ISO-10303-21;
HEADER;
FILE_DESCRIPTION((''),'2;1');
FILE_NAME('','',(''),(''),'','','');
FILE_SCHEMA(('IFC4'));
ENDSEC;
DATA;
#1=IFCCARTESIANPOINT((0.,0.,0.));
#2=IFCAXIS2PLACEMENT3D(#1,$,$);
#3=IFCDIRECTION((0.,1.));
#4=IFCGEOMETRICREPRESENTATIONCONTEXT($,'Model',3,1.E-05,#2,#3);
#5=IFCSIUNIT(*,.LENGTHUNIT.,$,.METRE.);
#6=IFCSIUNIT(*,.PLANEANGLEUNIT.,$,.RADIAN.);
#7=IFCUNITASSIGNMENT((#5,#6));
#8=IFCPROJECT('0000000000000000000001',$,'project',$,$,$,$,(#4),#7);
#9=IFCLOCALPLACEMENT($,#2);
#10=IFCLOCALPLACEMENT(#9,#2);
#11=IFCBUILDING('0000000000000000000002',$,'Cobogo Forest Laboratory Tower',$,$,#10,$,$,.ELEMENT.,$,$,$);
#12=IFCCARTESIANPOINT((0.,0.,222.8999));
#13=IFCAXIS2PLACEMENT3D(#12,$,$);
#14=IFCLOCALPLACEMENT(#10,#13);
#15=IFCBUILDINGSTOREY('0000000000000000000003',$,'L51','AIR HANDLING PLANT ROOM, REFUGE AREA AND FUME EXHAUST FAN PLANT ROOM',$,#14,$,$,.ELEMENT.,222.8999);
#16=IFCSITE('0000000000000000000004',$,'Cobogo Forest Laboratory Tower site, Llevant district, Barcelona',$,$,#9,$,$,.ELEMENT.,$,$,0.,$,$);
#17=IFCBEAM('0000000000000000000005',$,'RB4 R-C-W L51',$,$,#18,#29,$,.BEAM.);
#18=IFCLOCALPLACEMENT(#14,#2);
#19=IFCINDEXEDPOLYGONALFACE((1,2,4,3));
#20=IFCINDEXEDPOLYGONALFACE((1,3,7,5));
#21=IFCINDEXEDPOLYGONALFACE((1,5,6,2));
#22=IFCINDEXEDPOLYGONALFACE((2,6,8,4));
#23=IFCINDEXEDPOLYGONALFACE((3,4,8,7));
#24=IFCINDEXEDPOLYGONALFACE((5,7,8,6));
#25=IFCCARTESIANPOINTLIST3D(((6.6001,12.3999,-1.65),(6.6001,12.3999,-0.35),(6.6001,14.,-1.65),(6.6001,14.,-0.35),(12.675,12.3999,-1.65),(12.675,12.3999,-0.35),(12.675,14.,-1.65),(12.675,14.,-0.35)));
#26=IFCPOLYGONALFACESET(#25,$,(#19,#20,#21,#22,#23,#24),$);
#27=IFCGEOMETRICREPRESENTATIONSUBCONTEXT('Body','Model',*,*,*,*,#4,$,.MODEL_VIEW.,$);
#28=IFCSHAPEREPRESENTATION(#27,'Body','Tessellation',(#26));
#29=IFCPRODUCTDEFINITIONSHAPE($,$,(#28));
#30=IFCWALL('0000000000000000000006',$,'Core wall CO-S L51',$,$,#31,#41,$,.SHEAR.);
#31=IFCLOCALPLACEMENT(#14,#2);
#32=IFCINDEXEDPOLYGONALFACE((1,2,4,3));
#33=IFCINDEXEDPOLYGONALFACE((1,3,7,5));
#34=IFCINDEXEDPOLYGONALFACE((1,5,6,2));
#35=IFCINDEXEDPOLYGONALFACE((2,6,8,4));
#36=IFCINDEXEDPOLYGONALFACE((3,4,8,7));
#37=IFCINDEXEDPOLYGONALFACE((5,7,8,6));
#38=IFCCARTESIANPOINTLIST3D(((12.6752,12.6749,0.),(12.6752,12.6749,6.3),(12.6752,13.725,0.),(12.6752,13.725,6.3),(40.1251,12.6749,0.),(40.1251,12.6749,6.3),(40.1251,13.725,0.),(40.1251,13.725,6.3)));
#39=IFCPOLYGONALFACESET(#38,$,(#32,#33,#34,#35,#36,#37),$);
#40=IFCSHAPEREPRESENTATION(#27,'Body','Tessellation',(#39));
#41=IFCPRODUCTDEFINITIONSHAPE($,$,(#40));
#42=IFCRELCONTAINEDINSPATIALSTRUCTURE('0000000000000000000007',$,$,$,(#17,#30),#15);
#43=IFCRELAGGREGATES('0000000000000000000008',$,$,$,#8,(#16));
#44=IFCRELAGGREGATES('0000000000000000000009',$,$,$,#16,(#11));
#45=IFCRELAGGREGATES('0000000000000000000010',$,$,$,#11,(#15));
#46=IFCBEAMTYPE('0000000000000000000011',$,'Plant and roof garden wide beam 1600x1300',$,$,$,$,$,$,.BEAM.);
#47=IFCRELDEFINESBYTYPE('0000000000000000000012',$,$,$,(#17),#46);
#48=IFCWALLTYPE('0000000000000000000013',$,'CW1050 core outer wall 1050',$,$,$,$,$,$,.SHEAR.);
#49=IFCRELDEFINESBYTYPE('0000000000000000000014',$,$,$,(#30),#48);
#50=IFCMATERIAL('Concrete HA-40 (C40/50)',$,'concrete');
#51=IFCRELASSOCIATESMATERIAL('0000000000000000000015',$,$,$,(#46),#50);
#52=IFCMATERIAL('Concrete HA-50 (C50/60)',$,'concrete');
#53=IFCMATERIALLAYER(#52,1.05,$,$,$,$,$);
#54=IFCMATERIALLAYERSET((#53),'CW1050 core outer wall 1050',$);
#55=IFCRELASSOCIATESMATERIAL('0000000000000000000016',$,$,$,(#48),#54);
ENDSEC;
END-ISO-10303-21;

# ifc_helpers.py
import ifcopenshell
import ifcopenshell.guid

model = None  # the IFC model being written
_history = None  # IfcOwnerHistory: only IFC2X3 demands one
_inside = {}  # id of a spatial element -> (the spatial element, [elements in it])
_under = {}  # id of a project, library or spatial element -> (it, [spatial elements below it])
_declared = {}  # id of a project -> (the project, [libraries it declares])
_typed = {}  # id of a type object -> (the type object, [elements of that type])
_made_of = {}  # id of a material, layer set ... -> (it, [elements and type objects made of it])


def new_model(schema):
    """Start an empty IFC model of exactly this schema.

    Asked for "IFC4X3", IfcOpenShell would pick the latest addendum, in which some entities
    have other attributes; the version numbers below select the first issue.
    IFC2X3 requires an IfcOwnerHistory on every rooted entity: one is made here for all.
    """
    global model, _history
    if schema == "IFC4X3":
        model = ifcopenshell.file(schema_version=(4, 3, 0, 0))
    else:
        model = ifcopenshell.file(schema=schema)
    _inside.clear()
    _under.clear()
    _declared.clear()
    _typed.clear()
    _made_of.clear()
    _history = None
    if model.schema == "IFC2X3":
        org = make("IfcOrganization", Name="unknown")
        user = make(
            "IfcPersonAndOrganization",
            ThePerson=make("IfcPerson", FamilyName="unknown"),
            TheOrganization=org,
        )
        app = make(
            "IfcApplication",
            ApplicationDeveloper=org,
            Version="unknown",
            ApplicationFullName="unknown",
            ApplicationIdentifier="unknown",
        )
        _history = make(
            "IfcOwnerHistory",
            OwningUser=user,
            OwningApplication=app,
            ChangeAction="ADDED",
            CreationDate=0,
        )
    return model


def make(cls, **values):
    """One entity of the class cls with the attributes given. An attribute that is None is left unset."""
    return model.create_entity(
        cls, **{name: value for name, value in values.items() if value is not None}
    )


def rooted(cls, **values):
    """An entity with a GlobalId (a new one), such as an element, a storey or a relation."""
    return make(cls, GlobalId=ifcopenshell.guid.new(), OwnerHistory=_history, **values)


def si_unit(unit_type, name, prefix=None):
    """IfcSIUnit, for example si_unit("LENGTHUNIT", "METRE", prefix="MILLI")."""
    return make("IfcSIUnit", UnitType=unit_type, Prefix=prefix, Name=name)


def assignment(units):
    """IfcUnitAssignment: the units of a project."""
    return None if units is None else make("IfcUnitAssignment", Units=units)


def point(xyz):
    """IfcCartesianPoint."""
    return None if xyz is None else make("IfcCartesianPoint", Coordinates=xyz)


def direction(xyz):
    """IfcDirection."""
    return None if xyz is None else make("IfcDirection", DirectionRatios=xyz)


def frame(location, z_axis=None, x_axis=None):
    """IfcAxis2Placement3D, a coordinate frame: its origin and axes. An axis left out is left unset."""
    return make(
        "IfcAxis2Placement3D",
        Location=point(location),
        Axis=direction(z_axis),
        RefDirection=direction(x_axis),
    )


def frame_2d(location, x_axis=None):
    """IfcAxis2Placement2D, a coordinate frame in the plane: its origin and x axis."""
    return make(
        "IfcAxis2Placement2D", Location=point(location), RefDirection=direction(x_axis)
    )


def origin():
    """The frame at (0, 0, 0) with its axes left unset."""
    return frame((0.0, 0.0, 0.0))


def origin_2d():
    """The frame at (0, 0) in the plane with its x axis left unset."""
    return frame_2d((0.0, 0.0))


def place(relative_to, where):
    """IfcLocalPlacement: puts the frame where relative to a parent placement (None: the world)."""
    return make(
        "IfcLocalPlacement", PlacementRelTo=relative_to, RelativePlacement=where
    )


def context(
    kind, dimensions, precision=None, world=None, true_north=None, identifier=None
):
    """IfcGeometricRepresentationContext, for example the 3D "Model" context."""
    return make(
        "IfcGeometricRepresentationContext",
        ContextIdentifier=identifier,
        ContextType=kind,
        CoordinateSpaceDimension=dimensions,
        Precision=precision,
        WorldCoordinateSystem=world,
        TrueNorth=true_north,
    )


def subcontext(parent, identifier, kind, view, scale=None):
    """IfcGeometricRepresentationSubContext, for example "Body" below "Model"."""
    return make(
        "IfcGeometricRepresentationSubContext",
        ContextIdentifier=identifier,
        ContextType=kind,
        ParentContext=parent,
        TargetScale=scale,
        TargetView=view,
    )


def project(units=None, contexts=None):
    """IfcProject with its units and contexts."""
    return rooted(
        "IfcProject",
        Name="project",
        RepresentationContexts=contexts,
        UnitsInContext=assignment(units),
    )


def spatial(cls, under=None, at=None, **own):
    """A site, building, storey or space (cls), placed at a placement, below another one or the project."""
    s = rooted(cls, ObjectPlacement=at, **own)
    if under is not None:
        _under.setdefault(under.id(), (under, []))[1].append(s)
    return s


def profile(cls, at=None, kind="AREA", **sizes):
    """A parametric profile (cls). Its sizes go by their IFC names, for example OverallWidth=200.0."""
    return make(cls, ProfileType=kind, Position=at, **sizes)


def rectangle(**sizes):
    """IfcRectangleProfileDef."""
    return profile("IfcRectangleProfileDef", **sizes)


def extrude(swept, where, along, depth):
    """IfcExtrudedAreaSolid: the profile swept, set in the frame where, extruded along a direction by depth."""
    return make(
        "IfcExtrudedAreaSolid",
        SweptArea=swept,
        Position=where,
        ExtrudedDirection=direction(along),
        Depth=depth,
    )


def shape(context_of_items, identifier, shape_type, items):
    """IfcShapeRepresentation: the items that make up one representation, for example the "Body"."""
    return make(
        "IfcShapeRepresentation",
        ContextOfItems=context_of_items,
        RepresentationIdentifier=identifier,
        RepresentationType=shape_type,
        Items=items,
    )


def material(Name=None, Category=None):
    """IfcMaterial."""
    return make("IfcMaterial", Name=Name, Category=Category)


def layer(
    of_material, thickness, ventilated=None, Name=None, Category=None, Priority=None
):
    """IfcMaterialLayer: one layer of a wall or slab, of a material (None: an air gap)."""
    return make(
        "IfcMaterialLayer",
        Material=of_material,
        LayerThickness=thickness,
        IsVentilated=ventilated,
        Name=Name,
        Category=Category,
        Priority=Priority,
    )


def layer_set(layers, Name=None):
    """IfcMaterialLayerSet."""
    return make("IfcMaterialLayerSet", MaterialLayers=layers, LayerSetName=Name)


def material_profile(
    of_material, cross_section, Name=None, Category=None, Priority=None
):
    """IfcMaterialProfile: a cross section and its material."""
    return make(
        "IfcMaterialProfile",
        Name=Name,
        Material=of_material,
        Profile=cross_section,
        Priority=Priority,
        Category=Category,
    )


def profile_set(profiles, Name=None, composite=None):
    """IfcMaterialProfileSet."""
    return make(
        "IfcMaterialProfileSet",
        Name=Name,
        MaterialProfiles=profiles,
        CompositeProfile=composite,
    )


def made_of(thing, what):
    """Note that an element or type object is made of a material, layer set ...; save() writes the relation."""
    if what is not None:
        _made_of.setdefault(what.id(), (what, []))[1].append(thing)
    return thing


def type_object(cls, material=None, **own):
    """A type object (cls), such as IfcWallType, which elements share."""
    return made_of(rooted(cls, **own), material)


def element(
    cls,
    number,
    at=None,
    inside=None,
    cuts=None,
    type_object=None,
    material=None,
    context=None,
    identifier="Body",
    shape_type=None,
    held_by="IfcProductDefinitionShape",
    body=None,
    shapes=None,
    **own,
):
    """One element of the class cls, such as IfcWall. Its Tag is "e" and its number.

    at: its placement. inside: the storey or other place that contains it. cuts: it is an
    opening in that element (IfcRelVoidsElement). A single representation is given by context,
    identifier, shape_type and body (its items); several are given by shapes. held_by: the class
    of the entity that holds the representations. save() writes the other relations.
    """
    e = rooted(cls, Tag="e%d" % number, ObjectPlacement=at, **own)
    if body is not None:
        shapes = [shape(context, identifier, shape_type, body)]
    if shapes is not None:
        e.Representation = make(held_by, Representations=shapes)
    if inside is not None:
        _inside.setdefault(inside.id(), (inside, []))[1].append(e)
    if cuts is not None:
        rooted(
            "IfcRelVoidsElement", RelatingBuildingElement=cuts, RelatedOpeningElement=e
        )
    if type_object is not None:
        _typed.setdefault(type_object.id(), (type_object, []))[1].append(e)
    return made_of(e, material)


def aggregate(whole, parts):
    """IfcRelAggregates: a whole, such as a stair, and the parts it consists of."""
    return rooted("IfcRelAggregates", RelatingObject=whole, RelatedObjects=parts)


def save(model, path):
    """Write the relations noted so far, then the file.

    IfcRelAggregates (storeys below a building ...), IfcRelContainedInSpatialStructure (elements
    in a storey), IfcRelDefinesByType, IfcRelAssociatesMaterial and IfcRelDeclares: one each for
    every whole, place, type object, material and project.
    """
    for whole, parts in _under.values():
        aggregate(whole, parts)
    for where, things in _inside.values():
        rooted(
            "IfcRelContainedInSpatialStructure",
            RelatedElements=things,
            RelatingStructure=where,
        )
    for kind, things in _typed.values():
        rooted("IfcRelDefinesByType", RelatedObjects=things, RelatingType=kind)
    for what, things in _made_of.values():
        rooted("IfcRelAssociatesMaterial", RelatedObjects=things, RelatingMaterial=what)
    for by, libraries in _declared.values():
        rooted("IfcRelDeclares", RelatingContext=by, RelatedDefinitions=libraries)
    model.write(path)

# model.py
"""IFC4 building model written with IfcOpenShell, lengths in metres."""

from ifc_helpers import new_model, si_unit, direction, frame, frame_2d, origin, origin_2d, place, context, subcontext, project, spatial, rectangle, extrude, material, layer, layer_set, material_profile, profile_set, type_object, element, save


model = new_model("IFC4")

# Units and contexts
model_context = context("Model", 3, precision=1e-05, world=origin(), true_north=direction((0.0, 1.0)))
body_context = subcontext(model_context, "Body", "Model", "MODEL_VIEW")
ifc_project = project(units=[si_unit("LENGTHUNIT", "METRE"), si_unit("PLANEANGLEUNIT", "RADIAN")], contexts=[model_context])

# Site, building, storey
site_placement = place(None, origin())
site = spatial("IfcSite", under=ifc_project, at=site_placement, Name="Cobogo Forest Laboratory Tower site, Llevant district, Barcelona", CompositionType="ELEMENT", RefElevation=0.0)
building_placement = place(site_placement, origin())
building = spatial("IfcBuilding", under=site, at=building_placement, Name="Cobogo Forest Laboratory Tower", CompositionType="ELEMENT")
storey_placement = place(building_placement, frame((0.0, 0.0, 222.8999)))
storey = spatial("IfcBuildingStorey", under=building, at=storey_placement, Name="L51", Description="AIR HANDLING PLANT ROOM, REFUGE AREA AND FUME EXHAUST FAN PLANT ROOM", CompositionType="ELEMENT", Elevation=222.8999)

# Beam
ifc_material_1 = material(Name="Concrete HA-40 (C40/50)", Category="concrete")
ifc_material_profile = material_profile(ifc_material_1, rectangle(XDim=1.6001, YDim=1.3, at=origin_2d()), Name="RC 1600x1300")
ifc_profile_set = profile_set([ifc_material_profile], Name="Concrete HA-40 (C40/50)")
beam_type = type_object("IfcBeamType", Name="Plant and roof garden wide beam 1600x1300", PredefinedType="BEAM", material=ifc_profile_set)
beam_placement = place(storey_placement, frame((12.675, 13.2, -1.0), z_axis=(-1.0, 0.0, 0.0), x_axis=(0.0, -1.0, 0.0)))
element("IfcBeam", 1, at=beam_placement, inside=storey, type_object=beam_type, Name="RB4 R-C-W L51", PredefinedType="BEAM", context=body_context, shape_type="SweptSolid", body=[
    extrude(rectangle(XDim=1.6001, YDim=1.3, at=origin_2d()), origin(), (0.0, 0.0, 1.0), 6.075),
])

# Wall
ifc_material_2 = material(Name="Concrete HA-50 (C50/60)", Category="concrete")
ifc_layer_1 = layer(ifc_material_2, 1.05)
ifc_layer_set_1 = layer_set([ifc_layer_1], Name="CW1050 core outer wall 1050")
wall_type_1 = type_object("IfcWallType", Name="CW1050 core outer wall 1050", PredefinedType="SHEAR", material=ifc_layer_set_1)
wall_1_placement = place(storey_placement, frame((12.675, 13.2, 0.0), z_axis=(0.0, 0.0, 1.0), x_axis=(1.0, 0.0, 0.0)))
element("IfcWall", 2, at=wall_1_placement, inside=storey, type_object=wall_type_1, Name="Core wall CO-S L51", PredefinedType="SHEAR", context=body_context, shape_type="SweptSolid", body=[
    extrude(rectangle(XDim=27.45, YDim=1.05, at=frame_2d((13.7251, 0.0))), origin(), (0.0, 0.0, 1.0), 6.3),
])

save(model, "model.ifc")
